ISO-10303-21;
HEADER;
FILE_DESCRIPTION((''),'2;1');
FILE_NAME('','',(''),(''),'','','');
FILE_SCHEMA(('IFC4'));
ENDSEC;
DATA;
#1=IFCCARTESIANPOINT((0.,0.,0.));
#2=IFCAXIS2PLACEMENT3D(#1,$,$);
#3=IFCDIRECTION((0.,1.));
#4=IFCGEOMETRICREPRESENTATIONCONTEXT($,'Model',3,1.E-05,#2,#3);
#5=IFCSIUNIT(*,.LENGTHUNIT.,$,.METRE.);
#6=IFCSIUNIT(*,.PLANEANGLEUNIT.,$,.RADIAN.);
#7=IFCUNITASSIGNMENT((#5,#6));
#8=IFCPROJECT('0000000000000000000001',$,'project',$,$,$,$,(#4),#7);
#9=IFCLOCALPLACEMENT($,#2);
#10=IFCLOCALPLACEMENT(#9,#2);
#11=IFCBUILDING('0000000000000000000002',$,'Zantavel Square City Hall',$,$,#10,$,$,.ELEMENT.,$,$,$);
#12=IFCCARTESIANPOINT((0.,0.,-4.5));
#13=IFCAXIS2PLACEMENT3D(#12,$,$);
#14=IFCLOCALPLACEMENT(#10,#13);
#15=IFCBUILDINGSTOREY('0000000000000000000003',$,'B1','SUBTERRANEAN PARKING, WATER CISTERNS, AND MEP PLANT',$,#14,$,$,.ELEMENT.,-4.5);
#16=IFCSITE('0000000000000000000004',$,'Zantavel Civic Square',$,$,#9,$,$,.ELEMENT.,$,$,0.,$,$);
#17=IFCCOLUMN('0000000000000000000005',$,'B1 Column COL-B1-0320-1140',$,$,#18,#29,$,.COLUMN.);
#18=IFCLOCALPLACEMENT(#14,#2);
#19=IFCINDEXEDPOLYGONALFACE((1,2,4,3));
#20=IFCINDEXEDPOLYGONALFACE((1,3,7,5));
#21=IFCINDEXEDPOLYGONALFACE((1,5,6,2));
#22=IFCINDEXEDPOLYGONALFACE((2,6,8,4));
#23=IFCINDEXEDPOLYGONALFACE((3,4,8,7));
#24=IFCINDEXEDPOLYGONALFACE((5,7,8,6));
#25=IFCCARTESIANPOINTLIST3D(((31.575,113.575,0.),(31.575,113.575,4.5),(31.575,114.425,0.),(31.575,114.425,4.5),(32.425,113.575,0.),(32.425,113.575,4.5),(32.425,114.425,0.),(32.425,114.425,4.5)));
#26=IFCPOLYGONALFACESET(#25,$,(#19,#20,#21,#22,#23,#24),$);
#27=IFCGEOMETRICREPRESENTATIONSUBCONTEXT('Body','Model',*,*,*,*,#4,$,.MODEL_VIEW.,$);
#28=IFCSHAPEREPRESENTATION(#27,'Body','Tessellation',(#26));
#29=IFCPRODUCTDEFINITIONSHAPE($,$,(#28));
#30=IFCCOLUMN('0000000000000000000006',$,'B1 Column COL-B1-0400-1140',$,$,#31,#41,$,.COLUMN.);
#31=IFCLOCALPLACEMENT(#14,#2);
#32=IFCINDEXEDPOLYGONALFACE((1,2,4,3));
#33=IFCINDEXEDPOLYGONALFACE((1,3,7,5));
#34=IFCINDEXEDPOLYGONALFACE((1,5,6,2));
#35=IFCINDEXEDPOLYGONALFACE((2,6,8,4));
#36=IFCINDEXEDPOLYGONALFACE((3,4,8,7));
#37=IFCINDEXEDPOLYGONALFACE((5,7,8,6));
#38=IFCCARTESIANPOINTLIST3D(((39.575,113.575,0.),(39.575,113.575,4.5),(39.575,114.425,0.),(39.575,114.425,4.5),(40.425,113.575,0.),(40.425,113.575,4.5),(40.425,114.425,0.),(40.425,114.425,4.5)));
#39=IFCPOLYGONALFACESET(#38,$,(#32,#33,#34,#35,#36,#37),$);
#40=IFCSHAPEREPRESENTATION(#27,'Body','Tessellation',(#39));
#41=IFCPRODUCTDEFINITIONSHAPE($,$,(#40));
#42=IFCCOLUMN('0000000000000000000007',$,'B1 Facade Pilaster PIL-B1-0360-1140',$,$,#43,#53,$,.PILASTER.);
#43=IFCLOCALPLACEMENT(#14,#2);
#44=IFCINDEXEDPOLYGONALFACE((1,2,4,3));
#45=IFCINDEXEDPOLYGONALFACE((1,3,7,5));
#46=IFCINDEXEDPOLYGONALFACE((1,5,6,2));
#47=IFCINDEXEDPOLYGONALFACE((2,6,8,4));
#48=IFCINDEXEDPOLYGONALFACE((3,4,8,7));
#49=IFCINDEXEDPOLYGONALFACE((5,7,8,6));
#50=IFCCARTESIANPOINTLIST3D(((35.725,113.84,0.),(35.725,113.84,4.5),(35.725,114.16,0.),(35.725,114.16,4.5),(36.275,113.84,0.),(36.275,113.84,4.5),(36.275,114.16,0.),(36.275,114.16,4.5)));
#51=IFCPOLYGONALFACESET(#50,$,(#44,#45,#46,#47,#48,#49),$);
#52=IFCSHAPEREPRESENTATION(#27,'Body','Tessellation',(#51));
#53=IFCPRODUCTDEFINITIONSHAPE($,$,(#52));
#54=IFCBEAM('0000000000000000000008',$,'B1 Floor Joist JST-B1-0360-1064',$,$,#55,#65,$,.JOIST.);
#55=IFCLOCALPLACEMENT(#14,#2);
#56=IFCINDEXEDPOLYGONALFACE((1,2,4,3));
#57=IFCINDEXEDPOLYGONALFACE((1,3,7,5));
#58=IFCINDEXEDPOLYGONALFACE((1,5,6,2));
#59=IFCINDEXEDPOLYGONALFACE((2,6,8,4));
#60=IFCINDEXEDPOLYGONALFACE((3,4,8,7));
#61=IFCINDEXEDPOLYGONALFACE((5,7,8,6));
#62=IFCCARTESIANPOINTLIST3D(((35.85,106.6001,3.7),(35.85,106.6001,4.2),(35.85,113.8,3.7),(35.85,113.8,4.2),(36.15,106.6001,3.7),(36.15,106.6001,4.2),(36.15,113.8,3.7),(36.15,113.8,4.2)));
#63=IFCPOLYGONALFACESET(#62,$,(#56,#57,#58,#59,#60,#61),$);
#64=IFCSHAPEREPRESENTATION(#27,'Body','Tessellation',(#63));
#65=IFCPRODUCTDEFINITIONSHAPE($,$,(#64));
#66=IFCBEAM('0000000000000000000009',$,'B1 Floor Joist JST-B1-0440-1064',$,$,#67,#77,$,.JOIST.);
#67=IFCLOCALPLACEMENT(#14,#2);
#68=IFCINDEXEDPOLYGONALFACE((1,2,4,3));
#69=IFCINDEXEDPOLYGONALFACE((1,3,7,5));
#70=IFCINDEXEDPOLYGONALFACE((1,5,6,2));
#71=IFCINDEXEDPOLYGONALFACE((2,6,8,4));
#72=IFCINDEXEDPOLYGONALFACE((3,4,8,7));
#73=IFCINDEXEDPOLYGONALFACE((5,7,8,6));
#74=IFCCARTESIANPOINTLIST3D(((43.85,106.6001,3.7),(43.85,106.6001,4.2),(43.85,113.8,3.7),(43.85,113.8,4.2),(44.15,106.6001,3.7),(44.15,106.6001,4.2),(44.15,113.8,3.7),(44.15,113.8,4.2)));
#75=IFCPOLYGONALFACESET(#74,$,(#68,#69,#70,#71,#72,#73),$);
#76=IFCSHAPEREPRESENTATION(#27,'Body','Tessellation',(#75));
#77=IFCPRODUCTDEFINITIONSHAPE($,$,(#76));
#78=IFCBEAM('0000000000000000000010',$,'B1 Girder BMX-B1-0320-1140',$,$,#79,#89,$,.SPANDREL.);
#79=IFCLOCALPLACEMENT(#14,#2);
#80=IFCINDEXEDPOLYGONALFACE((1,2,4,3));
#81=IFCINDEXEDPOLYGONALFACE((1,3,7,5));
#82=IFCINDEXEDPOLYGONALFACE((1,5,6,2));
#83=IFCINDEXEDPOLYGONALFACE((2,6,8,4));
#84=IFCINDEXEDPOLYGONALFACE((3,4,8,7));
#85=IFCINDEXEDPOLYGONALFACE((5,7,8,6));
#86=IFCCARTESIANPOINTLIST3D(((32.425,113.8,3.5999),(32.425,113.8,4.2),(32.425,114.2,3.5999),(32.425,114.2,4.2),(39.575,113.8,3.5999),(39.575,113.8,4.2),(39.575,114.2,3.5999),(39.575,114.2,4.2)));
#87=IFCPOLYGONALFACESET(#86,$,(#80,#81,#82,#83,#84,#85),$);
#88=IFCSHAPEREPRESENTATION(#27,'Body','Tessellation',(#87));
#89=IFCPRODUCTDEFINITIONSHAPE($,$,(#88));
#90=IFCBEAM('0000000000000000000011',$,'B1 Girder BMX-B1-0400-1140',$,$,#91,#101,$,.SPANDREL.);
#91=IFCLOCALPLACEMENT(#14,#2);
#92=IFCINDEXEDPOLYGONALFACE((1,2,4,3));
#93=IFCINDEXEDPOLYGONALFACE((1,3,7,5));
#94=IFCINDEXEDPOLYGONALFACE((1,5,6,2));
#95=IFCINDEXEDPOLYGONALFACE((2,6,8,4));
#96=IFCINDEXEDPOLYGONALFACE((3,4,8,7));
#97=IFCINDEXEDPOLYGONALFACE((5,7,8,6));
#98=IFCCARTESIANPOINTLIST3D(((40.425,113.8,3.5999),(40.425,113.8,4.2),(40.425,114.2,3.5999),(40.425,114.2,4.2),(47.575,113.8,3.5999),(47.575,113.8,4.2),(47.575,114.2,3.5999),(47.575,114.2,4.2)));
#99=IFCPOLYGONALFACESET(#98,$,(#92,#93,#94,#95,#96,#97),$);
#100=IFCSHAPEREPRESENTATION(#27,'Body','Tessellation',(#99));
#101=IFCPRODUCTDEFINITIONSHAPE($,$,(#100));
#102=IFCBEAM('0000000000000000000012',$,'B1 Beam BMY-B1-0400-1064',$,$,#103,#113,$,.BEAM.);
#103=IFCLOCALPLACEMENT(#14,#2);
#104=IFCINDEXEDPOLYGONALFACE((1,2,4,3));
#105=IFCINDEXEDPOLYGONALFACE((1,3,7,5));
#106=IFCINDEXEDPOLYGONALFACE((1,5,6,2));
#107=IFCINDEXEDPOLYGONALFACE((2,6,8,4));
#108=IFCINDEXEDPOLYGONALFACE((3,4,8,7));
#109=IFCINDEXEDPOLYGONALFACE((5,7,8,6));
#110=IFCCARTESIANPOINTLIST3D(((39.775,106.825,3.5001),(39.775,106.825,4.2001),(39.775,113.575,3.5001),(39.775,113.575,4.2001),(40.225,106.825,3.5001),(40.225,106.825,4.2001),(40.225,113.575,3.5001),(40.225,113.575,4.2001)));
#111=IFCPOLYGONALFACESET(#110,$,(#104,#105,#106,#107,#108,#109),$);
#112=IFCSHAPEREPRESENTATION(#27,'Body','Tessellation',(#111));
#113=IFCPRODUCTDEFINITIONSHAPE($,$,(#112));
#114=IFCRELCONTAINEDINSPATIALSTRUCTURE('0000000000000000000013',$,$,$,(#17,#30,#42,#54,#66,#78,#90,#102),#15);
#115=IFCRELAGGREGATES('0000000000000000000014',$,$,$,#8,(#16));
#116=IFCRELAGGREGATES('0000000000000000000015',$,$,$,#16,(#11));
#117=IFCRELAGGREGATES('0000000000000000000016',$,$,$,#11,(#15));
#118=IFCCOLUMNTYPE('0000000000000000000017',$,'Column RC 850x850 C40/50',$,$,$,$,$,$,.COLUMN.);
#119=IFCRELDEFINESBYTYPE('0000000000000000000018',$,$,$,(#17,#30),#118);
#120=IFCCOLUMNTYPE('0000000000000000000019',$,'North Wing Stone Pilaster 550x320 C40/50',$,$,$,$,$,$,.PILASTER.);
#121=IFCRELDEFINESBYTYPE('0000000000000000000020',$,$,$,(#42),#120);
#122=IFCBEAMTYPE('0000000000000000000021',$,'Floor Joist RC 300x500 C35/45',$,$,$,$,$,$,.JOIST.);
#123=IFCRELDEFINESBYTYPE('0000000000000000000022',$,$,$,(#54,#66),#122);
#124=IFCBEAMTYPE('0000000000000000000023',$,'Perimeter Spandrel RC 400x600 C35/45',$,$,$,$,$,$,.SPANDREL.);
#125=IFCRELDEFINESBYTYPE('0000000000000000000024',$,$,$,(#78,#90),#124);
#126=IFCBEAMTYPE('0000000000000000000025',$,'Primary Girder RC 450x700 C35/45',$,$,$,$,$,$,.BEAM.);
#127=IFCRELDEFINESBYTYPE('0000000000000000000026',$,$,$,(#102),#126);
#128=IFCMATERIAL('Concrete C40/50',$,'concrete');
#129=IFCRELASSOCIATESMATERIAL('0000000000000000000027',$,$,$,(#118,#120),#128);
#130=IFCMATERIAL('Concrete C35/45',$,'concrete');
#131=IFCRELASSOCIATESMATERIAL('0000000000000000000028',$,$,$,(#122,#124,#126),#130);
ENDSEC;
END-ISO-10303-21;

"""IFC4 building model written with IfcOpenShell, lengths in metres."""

from ifc_helpers import new_model, si_unit, direction, frame, origin, origin_2d, place, context, subcontext, project, spatial, rectangle, extrude, material, material_profile, profile_set, type_object, element, save


model = new_model("IFC4")

# Units and contexts
model_context = context("Model", 3, precision=1e-05, world=origin(), true_north=direction((0.0, 1.0)))
body_context = subcontext(model_context, "Body", "Model", "MODEL_VIEW")
ifc_project = project(units=[si_unit("LENGTHUNIT", "METRE"), si_unit("PLANEANGLEUNIT", "RADIAN")], contexts=[model_context])

# Site, building, storey
site_placement = place(None, origin())
site = spatial("IfcSite", under=ifc_project, at=site_placement, Name="Zantavel Civic Square", CompositionType="ELEMENT", RefElevation=0.0)
building_placement = place(site_placement, origin())
building = spatial("IfcBuilding", under=site, at=building_placement, Name="Zantavel Square City Hall", CompositionType="ELEMENT")
storey_placement = place(building_placement, frame((0.0, 0.0, -4.5)))
storey = spatial("IfcBuildingStorey", under=building, at=storey_placement, Name="B1", Description="SUBTERRANEAN PARKING, WATER CISTERNS, AND MEP PLANT", CompositionType="ELEMENT", Elevation=-4.5)

# Shared definitions
ifc_material_1 = material(Name="Concrete C35/45", Category="concrete")

# Shared definitions
ifc_material_2 = material(Name="Concrete C40/50", Category="concrete")

# Columns
ifc_material_profile_1 = material_profile(ifc_material_2, rectangle(XDim=0.8501, YDim=0.8501, at=origin_2d()), Name="RC 850x850")
ifc_profile_set_1 = profile_set([ifc_material_profile_1], Name="Concrete C40/50")
column_type_1 = type_object("IfcColumnType", Name="Column RC 850x850 C40/50", PredefinedType="COLUMN", material=ifc_profile_set_1)
for number, where, z_axis, x_axis, name in (
    (1, (32.0, 114.0, 0.0), (0.0, 0.0, 1.0), (1.0, 0.0, 0.0), "B1 Column COL-B1-0320-1140"),
    (2, (40.0, 114.0, 0.0), (0.0, 0.0, 1.0), (1.0, 0.0, 0.0), "B1 Column COL-B1-0400-1140"),
):
    element("IfcColumn", number, at=place(storey_placement, frame(where, z_axis=z_axis, x_axis=x_axis)), inside=storey, type_object=column_type_1, Name=name, PredefinedType="COLUMN", context=body_context, shape_type="SweptSolid", body=[
        extrude(rectangle(XDim=0.8501, YDim=0.8501, at=origin_2d()), origin(), (0.0, 0.0, 1.0), 4.5),
    ])
ifc_material_profile_2 = material_profile(ifc_material_2, rectangle(XDim=0.55, YDim=0.3201, at=origin_2d()), Name="RC 550x320")
ifc_profile_set_2 = profile_set([ifc_material_profile_2], Name="Concrete C40/50")
column_type_2 = type_object("IfcColumnType", Name="North Wing Stone Pilaster 550x320 C40/50", PredefinedType="PILASTER", material=ifc_profile_set_2)
column_placement = place(storey_placement, frame((36.0, 114.0, 0.0), z_axis=(0.0, 0.0, 1.0), x_axis=(1.0, 0.0, 0.0)))
element("IfcColumn", 3, at=column_placement, inside=storey, type_object=column_type_2, Name="B1 Facade Pilaster PIL-B1-0360-1140", PredefinedType="PILASTER", context=body_context, shape_type="SweptSolid", body=[
    extrude(rectangle(XDim=0.55, YDim=0.3201, at=origin_2d()), origin(), (0.0, 0.0, 1.0), 4.5),
])

# Beams
ifc_material_profile_3 = material_profile(ifc_material_1, rectangle(XDim=0.3, YDim=0.5, at=origin_2d()), Name="RC 300x500")
ifc_profile_set_3 = profile_set([ifc_material_profile_3], Name="Concrete C35/45")
beam_type_1 = type_object("IfcBeamType", Name="Floor Joist RC 300x500 C35/45", PredefinedType="JOIST", material=ifc_profile_set_3)
for number, where, z_axis, x_axis, name in (
    (4, (36.0, 106.6001, 3.95), (0.0, 1.0, 0.0), (-1.0, 0.0, 0.0), "B1 Floor Joist JST-B1-0360-1064"),
    (5, (44.0, 106.6001, 3.95), (0.0, 1.0, 0.0), (-1.0, 0.0, 0.0), "B1 Floor Joist JST-B1-0440-1064"),
):
    element("IfcBeam", number, at=place(storey_placement, frame(where, z_axis=z_axis, x_axis=x_axis)), inside=storey, type_object=beam_type_1, Name=name, PredefinedType="JOIST", context=body_context, shape_type="SweptSolid", body=[
        extrude(rectangle(XDim=0.3, YDim=0.5, at=origin_2d()), origin(), (0.0, 0.0, 1.0), 7.2),
    ])
ifc_material_profile_4 = material_profile(ifc_material_1, rectangle(XDim=0.3999, YDim=0.6001, at=origin_2d()), Name="RC 400x600")
ifc_profile_set_4 = profile_set([ifc_material_profile_4], Name="Concrete C35/45")
beam_type_2 = type_object("IfcBeamType", Name="Perimeter Spandrel RC 400x600 C35/45", PredefinedType="SPANDREL", material=ifc_profile_set_4)
for number, where, z_axis, x_axis, name in (
    (6, (32.425, 114.0, 3.8999), (1.0, 0.0, 0.0), (0.0, 1.0, 0.0), "B1 Girder BMX-B1-0320-1140"),
    (7, (40.425, 114.0, 3.8999), (1.0, 0.0, 0.0), (0.0, 1.0, 0.0), "B1 Girder BMX-B1-0400-1140"),
):
    element("IfcBeam", number, at=place(storey_placement, frame(where, z_axis=z_axis, x_axis=x_axis)), inside=storey, type_object=beam_type_2, Name=name, PredefinedType="SPANDREL", context=body_context, shape_type="SweptSolid", body=[
        extrude(rectangle(XDim=0.3999, YDim=0.6001, at=origin_2d()), origin(), (0.0, 0.0, 1.0), 7.1499),
    ])
ifc_material_profile_5 = material_profile(ifc_material_1, rectangle(XDim=0.45, YDim=0.7, at=origin_2d()), Name="RC 450x700")
ifc_profile_set_5 = profile_set([ifc_material_profile_5], Name="Concrete C35/45")
beam_type_3 = type_object("IfcBeamType", Name="Primary Girder RC 450x700 C35/45", PredefinedType="BEAM", material=ifc_profile_set_5)
beam_placement = place(storey_placement, frame((40.0, 106.825, 3.8501), z_axis=(0.0, 1.0, 0.0), x_axis=(-1.0, 0.0, 0.0)))
element("IfcBeam", 8, at=beam_placement, inside=storey, type_object=beam_type_3, Name="B1 Beam BMY-B1-0400-1064", PredefinedType="BEAM", context=body_context, shape_type="SweptSolid", body=[
    extrude(rectangle(XDim=0.45, YDim=0.7, at=origin_2d()), origin(), (0.0, 0.0, 1.0), 6.75),
])

save(model, "model.ifc")
